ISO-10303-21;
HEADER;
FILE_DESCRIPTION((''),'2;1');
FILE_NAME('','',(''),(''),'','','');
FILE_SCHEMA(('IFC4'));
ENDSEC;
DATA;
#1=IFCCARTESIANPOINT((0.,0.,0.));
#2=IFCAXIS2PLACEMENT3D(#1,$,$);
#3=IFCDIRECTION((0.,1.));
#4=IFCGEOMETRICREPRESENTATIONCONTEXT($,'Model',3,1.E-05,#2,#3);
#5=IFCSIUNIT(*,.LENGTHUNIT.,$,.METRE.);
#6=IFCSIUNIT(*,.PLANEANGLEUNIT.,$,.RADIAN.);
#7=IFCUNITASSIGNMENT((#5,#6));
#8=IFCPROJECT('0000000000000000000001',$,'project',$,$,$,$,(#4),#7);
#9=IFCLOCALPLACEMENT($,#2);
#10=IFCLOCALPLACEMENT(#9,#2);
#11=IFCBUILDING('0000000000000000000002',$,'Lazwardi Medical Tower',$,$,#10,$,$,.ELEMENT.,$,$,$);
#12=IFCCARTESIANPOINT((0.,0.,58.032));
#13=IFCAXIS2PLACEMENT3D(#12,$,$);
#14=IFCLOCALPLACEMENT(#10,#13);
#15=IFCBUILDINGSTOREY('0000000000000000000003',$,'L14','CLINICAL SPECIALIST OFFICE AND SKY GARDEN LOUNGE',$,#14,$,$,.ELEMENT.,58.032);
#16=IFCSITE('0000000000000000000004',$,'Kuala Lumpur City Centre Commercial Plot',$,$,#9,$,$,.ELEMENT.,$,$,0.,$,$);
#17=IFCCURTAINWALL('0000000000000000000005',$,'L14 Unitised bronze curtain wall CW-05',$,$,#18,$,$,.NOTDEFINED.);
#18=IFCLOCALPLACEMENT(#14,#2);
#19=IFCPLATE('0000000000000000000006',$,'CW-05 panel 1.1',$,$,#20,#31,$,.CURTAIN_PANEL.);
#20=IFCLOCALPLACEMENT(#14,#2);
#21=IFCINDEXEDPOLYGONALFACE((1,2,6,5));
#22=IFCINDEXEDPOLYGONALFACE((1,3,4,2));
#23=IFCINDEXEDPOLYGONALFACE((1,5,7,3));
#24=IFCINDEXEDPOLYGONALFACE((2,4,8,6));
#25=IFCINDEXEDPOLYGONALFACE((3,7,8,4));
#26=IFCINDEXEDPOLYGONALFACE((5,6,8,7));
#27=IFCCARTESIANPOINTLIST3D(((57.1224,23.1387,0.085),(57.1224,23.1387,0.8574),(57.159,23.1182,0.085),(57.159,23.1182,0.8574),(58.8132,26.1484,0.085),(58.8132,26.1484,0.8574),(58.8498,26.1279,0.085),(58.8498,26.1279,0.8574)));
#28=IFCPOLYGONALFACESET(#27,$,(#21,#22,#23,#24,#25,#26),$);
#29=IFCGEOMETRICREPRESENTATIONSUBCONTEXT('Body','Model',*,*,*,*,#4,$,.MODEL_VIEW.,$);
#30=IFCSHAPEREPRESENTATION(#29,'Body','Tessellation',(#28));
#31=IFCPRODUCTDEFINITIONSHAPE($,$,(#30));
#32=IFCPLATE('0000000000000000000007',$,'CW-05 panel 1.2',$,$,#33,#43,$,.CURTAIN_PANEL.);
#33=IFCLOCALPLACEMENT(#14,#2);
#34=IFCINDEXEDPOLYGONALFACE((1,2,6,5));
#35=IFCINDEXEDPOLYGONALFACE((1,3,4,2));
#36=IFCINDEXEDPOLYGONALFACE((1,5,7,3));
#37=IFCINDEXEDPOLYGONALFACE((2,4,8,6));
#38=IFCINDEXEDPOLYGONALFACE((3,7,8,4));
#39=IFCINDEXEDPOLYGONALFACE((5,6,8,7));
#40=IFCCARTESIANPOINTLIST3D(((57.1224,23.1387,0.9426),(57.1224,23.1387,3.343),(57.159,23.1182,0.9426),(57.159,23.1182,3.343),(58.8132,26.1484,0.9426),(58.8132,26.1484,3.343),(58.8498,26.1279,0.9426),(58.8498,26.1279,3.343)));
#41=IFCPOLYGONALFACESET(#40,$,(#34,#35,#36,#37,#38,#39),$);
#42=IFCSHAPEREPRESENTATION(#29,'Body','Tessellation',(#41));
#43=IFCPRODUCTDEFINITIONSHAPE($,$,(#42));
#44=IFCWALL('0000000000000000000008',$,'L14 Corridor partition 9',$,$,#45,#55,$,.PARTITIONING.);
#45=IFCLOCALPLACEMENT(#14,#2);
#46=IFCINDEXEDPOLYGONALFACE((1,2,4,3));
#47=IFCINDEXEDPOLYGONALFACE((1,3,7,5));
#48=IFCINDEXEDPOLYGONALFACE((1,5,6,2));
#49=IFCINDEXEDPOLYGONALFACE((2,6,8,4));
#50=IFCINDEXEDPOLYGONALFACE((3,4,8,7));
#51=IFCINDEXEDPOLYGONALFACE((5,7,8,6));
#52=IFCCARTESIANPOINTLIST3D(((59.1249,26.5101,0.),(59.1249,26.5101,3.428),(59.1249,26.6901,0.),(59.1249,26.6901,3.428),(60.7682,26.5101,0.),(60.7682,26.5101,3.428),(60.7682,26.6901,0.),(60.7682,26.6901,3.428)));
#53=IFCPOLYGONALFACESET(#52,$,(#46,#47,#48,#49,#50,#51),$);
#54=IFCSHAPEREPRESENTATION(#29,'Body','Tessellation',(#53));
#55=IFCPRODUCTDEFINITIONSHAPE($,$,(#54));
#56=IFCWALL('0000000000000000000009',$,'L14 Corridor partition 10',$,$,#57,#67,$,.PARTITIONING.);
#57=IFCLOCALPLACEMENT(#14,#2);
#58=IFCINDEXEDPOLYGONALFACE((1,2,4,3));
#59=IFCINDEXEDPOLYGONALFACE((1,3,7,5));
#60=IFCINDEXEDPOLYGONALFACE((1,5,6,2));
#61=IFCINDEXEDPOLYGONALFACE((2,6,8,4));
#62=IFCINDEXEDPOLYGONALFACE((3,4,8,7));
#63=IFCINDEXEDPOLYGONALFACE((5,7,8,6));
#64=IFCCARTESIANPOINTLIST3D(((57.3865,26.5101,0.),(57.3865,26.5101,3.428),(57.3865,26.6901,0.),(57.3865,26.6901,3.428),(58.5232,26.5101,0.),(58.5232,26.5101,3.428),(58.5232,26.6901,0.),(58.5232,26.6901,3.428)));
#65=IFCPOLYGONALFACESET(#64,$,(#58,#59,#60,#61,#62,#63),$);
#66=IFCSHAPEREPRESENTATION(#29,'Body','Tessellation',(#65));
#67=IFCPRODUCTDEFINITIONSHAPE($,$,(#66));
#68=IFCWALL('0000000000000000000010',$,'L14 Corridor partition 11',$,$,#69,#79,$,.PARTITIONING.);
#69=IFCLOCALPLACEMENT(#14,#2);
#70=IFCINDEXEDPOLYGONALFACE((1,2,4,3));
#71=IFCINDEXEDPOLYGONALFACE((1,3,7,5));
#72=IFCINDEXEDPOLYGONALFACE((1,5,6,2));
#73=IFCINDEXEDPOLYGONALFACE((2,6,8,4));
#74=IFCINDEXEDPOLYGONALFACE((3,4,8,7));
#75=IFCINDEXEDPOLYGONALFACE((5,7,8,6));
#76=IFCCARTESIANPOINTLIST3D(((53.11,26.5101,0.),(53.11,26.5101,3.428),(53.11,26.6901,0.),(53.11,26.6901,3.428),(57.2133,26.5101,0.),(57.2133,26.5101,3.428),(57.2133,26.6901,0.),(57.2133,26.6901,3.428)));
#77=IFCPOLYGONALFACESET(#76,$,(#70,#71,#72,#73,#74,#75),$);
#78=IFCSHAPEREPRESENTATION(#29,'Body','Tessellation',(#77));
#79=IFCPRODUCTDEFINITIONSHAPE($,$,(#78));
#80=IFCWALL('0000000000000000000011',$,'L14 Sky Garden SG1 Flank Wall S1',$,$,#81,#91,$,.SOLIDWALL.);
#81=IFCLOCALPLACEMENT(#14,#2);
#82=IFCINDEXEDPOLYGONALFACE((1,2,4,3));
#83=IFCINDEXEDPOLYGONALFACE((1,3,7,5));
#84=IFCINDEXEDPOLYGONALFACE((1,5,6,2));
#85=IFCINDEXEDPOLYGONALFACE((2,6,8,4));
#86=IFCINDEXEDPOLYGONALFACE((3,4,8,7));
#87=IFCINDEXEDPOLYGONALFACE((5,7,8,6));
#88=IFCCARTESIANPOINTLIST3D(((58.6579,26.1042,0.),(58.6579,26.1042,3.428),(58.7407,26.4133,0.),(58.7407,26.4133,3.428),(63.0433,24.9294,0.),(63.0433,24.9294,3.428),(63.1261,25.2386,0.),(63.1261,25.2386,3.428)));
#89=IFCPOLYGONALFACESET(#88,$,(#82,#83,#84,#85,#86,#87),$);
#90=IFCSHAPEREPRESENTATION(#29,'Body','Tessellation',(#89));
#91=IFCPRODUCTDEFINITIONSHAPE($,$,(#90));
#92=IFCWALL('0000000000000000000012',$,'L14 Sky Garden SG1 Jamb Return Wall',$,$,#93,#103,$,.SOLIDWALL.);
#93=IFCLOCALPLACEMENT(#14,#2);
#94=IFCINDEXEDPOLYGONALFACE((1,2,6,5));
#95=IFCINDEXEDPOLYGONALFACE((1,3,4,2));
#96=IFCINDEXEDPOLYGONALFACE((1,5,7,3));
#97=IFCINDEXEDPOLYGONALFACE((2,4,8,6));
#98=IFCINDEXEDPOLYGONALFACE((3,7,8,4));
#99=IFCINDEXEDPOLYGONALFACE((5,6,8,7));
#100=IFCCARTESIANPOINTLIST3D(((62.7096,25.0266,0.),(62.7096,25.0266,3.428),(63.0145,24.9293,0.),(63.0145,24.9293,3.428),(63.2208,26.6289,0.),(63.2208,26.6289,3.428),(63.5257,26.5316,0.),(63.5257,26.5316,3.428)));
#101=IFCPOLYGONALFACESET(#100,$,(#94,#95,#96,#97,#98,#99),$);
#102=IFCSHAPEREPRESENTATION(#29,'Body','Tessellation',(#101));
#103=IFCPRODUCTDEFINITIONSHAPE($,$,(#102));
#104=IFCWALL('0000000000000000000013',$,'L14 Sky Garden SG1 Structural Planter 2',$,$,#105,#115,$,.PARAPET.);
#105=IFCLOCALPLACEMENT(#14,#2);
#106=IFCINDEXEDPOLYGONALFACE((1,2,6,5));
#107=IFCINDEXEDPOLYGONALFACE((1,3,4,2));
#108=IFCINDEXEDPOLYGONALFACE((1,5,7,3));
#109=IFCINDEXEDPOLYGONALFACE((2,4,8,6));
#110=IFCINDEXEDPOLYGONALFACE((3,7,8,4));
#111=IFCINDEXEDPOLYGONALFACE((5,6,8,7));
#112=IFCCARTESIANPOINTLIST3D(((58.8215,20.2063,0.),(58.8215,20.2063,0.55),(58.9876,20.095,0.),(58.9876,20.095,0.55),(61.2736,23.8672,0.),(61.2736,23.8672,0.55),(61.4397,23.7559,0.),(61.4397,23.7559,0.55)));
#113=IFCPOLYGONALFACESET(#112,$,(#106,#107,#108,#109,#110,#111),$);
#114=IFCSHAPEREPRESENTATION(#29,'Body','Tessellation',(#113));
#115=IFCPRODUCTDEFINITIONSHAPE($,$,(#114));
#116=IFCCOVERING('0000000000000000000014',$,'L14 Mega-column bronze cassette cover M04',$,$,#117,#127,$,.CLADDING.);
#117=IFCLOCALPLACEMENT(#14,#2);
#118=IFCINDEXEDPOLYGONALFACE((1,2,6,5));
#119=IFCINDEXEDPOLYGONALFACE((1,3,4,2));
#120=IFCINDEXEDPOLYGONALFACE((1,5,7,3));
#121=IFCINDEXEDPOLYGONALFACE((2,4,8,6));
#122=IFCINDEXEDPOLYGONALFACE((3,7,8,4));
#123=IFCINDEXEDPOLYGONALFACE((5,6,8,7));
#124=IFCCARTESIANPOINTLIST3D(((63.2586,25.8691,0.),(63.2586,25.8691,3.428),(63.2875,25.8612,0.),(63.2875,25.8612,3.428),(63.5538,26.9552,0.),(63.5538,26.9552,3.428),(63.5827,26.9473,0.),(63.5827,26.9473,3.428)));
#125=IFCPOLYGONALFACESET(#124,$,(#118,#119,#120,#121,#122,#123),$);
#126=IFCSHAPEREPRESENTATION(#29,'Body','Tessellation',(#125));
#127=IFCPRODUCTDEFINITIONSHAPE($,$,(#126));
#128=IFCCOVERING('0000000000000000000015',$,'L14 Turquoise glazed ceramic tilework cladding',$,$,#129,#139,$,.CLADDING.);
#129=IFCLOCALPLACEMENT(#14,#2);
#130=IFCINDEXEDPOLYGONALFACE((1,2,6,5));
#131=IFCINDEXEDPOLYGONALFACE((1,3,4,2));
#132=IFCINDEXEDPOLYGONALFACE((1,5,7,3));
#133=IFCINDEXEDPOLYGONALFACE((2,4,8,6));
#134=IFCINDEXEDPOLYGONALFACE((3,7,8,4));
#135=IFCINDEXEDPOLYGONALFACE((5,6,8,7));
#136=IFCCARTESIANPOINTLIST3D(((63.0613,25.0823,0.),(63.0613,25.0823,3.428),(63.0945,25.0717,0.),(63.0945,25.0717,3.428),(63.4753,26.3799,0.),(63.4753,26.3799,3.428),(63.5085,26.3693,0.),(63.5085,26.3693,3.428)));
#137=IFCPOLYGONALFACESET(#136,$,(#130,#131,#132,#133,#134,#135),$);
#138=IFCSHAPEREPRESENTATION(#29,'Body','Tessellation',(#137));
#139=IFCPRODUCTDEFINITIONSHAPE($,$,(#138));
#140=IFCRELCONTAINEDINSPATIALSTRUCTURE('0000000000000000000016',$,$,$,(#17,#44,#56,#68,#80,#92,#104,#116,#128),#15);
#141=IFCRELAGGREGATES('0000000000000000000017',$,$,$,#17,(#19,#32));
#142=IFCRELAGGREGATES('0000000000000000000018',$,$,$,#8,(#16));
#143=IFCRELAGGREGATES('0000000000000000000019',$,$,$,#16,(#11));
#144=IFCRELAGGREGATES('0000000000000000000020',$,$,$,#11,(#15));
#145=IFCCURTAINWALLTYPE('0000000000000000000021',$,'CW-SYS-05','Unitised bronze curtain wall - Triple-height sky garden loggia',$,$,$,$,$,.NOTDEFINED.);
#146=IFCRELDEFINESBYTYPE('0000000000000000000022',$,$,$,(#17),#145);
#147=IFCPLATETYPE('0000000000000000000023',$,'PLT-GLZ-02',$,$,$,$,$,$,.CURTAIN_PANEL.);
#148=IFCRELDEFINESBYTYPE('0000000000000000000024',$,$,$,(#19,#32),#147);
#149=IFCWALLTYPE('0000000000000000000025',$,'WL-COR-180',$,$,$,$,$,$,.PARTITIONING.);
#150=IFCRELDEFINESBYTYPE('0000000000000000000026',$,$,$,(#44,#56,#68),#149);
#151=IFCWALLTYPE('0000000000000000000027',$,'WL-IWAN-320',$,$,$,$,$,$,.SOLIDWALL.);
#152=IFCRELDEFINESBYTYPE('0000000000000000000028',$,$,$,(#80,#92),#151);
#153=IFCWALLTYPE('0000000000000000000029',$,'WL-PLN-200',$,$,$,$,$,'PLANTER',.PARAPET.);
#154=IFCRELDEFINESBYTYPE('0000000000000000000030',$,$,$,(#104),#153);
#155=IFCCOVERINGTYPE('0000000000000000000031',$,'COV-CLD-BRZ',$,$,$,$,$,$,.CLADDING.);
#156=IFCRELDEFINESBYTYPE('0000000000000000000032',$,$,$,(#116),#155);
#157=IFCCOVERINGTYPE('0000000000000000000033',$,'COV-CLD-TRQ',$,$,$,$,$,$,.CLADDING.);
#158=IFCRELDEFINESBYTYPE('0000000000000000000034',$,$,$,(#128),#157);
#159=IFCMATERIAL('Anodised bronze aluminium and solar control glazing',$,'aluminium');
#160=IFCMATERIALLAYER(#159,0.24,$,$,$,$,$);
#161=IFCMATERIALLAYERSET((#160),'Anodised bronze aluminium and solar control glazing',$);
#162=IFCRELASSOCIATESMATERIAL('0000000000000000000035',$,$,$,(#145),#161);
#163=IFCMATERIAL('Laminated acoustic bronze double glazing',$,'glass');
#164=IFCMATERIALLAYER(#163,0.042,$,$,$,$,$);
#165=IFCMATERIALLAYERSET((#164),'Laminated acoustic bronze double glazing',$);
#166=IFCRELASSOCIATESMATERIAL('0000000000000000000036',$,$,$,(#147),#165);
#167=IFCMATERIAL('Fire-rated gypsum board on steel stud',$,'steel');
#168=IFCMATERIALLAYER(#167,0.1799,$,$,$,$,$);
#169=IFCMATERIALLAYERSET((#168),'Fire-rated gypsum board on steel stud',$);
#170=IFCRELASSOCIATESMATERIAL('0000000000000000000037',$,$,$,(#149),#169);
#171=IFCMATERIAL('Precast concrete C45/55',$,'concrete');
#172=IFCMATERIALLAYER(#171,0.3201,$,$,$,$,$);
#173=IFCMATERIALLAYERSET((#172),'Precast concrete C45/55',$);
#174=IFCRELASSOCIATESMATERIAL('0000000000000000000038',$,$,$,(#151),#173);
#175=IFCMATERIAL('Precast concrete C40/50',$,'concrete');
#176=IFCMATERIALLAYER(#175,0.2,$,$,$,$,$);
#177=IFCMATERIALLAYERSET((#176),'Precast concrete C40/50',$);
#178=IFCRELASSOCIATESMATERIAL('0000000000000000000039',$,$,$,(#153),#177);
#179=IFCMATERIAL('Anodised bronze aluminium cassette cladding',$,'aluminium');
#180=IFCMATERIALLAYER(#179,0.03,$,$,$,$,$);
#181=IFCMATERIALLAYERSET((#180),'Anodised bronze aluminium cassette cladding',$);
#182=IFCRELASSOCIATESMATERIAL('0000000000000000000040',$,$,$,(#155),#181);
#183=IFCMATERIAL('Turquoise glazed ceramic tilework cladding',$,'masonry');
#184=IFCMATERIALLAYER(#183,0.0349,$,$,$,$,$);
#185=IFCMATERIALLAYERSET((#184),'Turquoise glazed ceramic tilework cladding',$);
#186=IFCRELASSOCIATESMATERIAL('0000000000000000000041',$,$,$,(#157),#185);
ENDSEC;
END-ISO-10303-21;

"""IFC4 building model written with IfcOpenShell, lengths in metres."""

from ifc_helpers import new_model, si_unit, direction, frame, frame_2d, origin, origin_2d, place, context, subcontext, project, spatial, rectangle, extrude, material, layer, layer_set, type_object, element, aggregate, save


model = new_model("IFC4")

# Units and contexts
model_context = context("Model", 3, precision=1e-05, world=origin(), true_north=direction((0.0, 1.0)))
body_context = subcontext(model_context, "Body", "Model", "MODEL_VIEW")
ifc_project = project(units=[si_unit("LENGTHUNIT", "METRE"), si_unit("PLANEANGLEUNIT", "RADIAN")], contexts=[model_context])

# Site, building, storey
site_placement = place(None, origin())
site = spatial("IfcSite", under=ifc_project, at=site_placement, Name="Kuala Lumpur City Centre Commercial Plot", CompositionType="ELEMENT", RefElevation=0.0)
building_placement = place(site_placement, origin())
building = spatial("IfcBuilding", under=site, at=building_placement, Name="Lazwardi Medical Tower", CompositionType="ELEMENT")
storey_placement = place(building_placement, frame((0.0, 0.0, 58.032)))
storey = spatial("IfcBuildingStorey", under=building, at=storey_placement, Name="L14", Description="CLINICAL SPECIALIST OFFICE AND SKY GARDEN LOUNGE", CompositionType="ELEMENT", Elevation=58.032)

# Curtain wall
ifc_material_1 = material(Name="Anodised bronze aluminium and solar control glazing", Category="aluminium")
ifc_layer_1 = layer(ifc_material_1, 0.24)
ifc_layer_set_1 = layer_set([ifc_layer_1], Name="Anodised bronze aluminium and solar control glazing")
curtain_wall_type_1 = type_object("IfcCurtainWallType", Name="CW-SYS-05", Description="Unitised bronze curtain wall - Triple-height sky garden loggia", PredefinedType="NOTDEFINED", material=ifc_layer_set_1)
curtain_wall_1_placement = place(storey_placement, origin())
curtain_wall_1 = element("IfcCurtainWall", 1, at=curtain_wall_1_placement, inside=storey, type_object=curtain_wall_type_1, Name="L14 Unitised bronze curtain wall CW-05", PredefinedType="NOTDEFINED")

# Plates
ifc_material_2 = material(Name="Laminated acoustic bronze double glazing", Category="glass")
ifc_layer_2 = layer(ifc_material_2, 0.042)
ifc_layer_set_2 = layer_set([ifc_layer_2], Name="Laminated acoustic bronze double glazing")
plate_type = type_object("IfcPlateType", Name="PLT-GLZ-02", PredefinedType="CURTAIN_PANEL", material=ifc_layer_set_2)
plate_1_placement = place(storey_placement, frame((57.9861, 24.6333, 0.085), z_axis=(0.0, 0.0, 1.0), x_axis=(0.489796, 0.871837, 0.0)))
plate_1 = element("IfcPlate", 2, at=plate_1_placement, type_object=plate_type, Name="CW-05 panel 1.1", PredefinedType="CURTAIN_PANEL", context=body_context, shape_type="SweptSolid", body=[
    extrude(rectangle(XDim=3.4521, YDim=0.042, at=origin_2d()), origin(), (0.0, 0.0, 1.0), 0.7725),
])
plate_2_placement = place(storey_placement, frame((57.9861, 24.6333, 0.9426), z_axis=(0.0, 0.0, 1.0), x_axis=(0.489796, 0.871837, 0.0)))
plate_2 = element("IfcPlate", 3, at=plate_2_placement, type_object=plate_type, Name="CW-05 panel 1.2", PredefinedType="CURTAIN_PANEL", context=body_context, shape_type="SweptSolid", body=[
    extrude(rectangle(XDim=3.4521, YDim=0.042, at=origin_2d()), origin(), (0.0, 0.0, 1.0), 2.4004),
])
aggregate(curtain_wall_1, [plate_1, plate_2])

# Walls
ifc_material_3 = material(Name="Fire-rated gypsum board on steel stud", Category="steel")
ifc_layer_3 = layer(ifc_material_3, 0.1799)
ifc_layer_set_3 = layer_set([ifc_layer_3], Name="Fire-rated gypsum board on steel stud")
wall_type_1 = type_object("IfcWallType", Name="WL-COR-180", PredefinedType="PARTITIONING", material=ifc_layer_set_3)
wall_1_placement = place(storey_placement, frame((60.7683, 26.6001, 0.0), z_axis=(0.0, 0.0, 1.0), x_axis=(-1.0, 0.0, 0.0)))
element("IfcWall", 4, at=wall_1_placement, inside=storey, type_object=wall_type_1, Name="L14 Corridor partition 9", PredefinedType="PARTITIONING", context=body_context, shape_type="SweptSolid", body=[
    extrude(rectangle(XDim=1.6433, YDim=0.1799, at=frame_2d((0.8218, 0.0))), origin(), (0.0, 0.0, 1.0), 3.428),
])
wall_2_placement = place(storey_placement, frame((58.5232, 26.6001, 0.0), z_axis=(0.0, 0.0, 1.0), x_axis=(-1.0, 0.0, 0.0)))
element("IfcWall", 5, at=wall_2_placement, inside=storey, type_object=wall_type_1, Name="L14 Corridor partition 10", PredefinedType="PARTITIONING", context=body_context, shape_type="SweptSolid", body=[
    extrude(rectangle(XDim=1.1367, YDim=0.1799, at=frame_2d((0.5684, 0.0))), origin(), (0.0, 0.0, 1.0), 3.428),
])
wall_3_placement = place(storey_placement, frame((57.2134, 26.6001, 0.0), z_axis=(0.0, 0.0, 1.0), x_axis=(-1.0, 0.0, 0.0)))
element("IfcWall", 6, at=wall_3_placement, inside=storey, type_object=wall_type_1, Name="L14 Corridor partition 11", PredefinedType="PARTITIONING", context=body_context, shape_type="SweptSolid", body=[
    extrude(rectangle(XDim=4.1033, YDim=0.1799, at=frame_2d((2.0518, 0.0))), origin(), (0.0, 0.0, 1.0), 3.428),
])
ifc_material_4 = material(Name="Precast concrete C45/55", Category="concrete")
ifc_layer_4 = layer(ifc_material_4, 0.3201)
ifc_layer_set_4 = layer_set([ifc_layer_4], Name="Precast concrete C45/55")
wall_type_2 = type_object("IfcWallType", Name="WL-IWAN-320", PredefinedType="SOLIDWALL", material=ifc_layer_set_4)
wall_4_placement = place(storey_placement, frame((63.0847, 25.084, 0.0), z_axis=(0.0, 0.0, 1.0), x_axis=(-0.965942, 0.25876, 0.0)))
element("IfcWall", 7, at=wall_4_placement, inside=storey, type_object=wall_type_2, Name="L14 Sky Garden SG1 Flank Wall S1", PredefinedType="SOLIDWALL", context=body_context, shape_type="SweptSolid", body=[
    extrude(rectangle(XDim=4.54, YDim=0.3201, at=frame_2d((2.27, 0.0))), origin(), (0.0, 0.0, 1.0), 3.428),
])
wall_5_placement = place(storey_placement, frame((62.8621, 24.978, 0.0), z_axis=(0.0, 0.0, 1.0), x_axis=(0.303964, 0.952683, 0.0)))
element("IfcWall", 8, at=wall_5_placement, inside=storey, type_object=wall_type_2, Name="L14 Sky Garden SG1 Jamb Return Wall", PredefinedType="SOLIDWALL", context=body_context, shape_type="SweptSolid", body=[
    extrude(rectangle(XDim=1.6819, YDim=0.3201, at=frame_2d((0.8408, 0.0))), origin(), (0.0, 0.0, 1.0), 3.428),
])
ifc_material_5 = material(Name="Precast concrete C40/50", Category="concrete")
ifc_layer_5 = layer(ifc_material_5, 0.2)
ifc_layer_set_5 = layer_set([ifc_layer_5], Name="Precast concrete C40/50")
wall_type_3 = type_object("IfcWallType", Name="WL-PLN-200", ElementType="PLANTER", PredefinedType="PARAPET", material=ifc_layer_set_5)
wall_6_placement = place(storey_placement, frame((58.9045, 20.1506, 0.0), z_axis=(0.0, 0.0, 1.0), x_axis=(0.556515, 0.830838, 0.0)))
element("IfcWall", 9, at=wall_6_placement, inside=storey, type_object=wall_type_3, Name="L14 Sky Garden SG1 Structural Planter 2", PredefinedType="PARAPET", context=body_context, shape_type="SweptSolid", body=[
    extrude(rectangle(XDim=4.4062, YDim=0.2, at=frame_2d((2.2031, 0.0))), origin(), (0.0, 0.0, 1.0), 0.55),
])

# Coverings
ifc_material_6 = material(Name="Anodised bronze aluminium cassette cladding", Category="aluminium")
ifc_layer_6 = layer(ifc_material_6, 0.03)
ifc_layer_set_6 = layer_set([ifc_layer_6], Name="Anodised bronze aluminium cassette cladding")
covering_type_1 = type_object("IfcCoveringType", Name="COV-CLD-BRZ", PredefinedType="CLADDING", material=ifc_layer_set_6)
covering_1_placement = place(storey_placement, frame((63.4207, 26.4082, 0.0), z_axis=(0.0, 0.0, 1.0), x_axis=(0.262283, 0.964991, 0.0)))
element("IfcCovering", 10, at=covering_1_placement, inside=storey, type_object=covering_type_1, Name="L14 Mega-column bronze cassette cover M04", PredefinedType="CLADDING", context=body_context, shape_type="SweptSolid", body=[
    extrude(rectangle(XDim=1.1255, YDim=0.03, at=origin_2d()), origin(), (0.0, 0.0, 1.0), 3.428),
])
ifc_material_7 = material(Name="Turquoise glazed ceramic tilework cladding", Category="masonry")
ifc_layer_7 = layer(ifc_material_7, 0.0349)
ifc_layer_set_7 = layer_set([ifc_layer_7], Name="Turquoise glazed ceramic tilework cladding")
covering_type_2 = type_object("IfcCoveringType", Name="COV-CLD-TRQ", PredefinedType="CLADDING", material=ifc_layer_set_7)
covering_2_placement = place(storey_placement, frame((63.2849, 25.7258, 0.0), z_axis=(0.0, 0.0, 1.0), x_axis=(0.303955, 0.952686, 0.0)))
element("IfcCovering", 11, at=covering_2_placement, inside=storey, type_object=covering_type_2, Name="L14 Turquoise glazed ceramic tilework cladding", PredefinedType="CLADDING", context=body_context, shape_type="SweptSolid", body=[
    extrude(rectangle(XDim=1.3621, YDim=0.0349, at=origin_2d()), origin(), (0.0, 0.0, 1.0), 3.428),
])

save(model, "model.ifc")
